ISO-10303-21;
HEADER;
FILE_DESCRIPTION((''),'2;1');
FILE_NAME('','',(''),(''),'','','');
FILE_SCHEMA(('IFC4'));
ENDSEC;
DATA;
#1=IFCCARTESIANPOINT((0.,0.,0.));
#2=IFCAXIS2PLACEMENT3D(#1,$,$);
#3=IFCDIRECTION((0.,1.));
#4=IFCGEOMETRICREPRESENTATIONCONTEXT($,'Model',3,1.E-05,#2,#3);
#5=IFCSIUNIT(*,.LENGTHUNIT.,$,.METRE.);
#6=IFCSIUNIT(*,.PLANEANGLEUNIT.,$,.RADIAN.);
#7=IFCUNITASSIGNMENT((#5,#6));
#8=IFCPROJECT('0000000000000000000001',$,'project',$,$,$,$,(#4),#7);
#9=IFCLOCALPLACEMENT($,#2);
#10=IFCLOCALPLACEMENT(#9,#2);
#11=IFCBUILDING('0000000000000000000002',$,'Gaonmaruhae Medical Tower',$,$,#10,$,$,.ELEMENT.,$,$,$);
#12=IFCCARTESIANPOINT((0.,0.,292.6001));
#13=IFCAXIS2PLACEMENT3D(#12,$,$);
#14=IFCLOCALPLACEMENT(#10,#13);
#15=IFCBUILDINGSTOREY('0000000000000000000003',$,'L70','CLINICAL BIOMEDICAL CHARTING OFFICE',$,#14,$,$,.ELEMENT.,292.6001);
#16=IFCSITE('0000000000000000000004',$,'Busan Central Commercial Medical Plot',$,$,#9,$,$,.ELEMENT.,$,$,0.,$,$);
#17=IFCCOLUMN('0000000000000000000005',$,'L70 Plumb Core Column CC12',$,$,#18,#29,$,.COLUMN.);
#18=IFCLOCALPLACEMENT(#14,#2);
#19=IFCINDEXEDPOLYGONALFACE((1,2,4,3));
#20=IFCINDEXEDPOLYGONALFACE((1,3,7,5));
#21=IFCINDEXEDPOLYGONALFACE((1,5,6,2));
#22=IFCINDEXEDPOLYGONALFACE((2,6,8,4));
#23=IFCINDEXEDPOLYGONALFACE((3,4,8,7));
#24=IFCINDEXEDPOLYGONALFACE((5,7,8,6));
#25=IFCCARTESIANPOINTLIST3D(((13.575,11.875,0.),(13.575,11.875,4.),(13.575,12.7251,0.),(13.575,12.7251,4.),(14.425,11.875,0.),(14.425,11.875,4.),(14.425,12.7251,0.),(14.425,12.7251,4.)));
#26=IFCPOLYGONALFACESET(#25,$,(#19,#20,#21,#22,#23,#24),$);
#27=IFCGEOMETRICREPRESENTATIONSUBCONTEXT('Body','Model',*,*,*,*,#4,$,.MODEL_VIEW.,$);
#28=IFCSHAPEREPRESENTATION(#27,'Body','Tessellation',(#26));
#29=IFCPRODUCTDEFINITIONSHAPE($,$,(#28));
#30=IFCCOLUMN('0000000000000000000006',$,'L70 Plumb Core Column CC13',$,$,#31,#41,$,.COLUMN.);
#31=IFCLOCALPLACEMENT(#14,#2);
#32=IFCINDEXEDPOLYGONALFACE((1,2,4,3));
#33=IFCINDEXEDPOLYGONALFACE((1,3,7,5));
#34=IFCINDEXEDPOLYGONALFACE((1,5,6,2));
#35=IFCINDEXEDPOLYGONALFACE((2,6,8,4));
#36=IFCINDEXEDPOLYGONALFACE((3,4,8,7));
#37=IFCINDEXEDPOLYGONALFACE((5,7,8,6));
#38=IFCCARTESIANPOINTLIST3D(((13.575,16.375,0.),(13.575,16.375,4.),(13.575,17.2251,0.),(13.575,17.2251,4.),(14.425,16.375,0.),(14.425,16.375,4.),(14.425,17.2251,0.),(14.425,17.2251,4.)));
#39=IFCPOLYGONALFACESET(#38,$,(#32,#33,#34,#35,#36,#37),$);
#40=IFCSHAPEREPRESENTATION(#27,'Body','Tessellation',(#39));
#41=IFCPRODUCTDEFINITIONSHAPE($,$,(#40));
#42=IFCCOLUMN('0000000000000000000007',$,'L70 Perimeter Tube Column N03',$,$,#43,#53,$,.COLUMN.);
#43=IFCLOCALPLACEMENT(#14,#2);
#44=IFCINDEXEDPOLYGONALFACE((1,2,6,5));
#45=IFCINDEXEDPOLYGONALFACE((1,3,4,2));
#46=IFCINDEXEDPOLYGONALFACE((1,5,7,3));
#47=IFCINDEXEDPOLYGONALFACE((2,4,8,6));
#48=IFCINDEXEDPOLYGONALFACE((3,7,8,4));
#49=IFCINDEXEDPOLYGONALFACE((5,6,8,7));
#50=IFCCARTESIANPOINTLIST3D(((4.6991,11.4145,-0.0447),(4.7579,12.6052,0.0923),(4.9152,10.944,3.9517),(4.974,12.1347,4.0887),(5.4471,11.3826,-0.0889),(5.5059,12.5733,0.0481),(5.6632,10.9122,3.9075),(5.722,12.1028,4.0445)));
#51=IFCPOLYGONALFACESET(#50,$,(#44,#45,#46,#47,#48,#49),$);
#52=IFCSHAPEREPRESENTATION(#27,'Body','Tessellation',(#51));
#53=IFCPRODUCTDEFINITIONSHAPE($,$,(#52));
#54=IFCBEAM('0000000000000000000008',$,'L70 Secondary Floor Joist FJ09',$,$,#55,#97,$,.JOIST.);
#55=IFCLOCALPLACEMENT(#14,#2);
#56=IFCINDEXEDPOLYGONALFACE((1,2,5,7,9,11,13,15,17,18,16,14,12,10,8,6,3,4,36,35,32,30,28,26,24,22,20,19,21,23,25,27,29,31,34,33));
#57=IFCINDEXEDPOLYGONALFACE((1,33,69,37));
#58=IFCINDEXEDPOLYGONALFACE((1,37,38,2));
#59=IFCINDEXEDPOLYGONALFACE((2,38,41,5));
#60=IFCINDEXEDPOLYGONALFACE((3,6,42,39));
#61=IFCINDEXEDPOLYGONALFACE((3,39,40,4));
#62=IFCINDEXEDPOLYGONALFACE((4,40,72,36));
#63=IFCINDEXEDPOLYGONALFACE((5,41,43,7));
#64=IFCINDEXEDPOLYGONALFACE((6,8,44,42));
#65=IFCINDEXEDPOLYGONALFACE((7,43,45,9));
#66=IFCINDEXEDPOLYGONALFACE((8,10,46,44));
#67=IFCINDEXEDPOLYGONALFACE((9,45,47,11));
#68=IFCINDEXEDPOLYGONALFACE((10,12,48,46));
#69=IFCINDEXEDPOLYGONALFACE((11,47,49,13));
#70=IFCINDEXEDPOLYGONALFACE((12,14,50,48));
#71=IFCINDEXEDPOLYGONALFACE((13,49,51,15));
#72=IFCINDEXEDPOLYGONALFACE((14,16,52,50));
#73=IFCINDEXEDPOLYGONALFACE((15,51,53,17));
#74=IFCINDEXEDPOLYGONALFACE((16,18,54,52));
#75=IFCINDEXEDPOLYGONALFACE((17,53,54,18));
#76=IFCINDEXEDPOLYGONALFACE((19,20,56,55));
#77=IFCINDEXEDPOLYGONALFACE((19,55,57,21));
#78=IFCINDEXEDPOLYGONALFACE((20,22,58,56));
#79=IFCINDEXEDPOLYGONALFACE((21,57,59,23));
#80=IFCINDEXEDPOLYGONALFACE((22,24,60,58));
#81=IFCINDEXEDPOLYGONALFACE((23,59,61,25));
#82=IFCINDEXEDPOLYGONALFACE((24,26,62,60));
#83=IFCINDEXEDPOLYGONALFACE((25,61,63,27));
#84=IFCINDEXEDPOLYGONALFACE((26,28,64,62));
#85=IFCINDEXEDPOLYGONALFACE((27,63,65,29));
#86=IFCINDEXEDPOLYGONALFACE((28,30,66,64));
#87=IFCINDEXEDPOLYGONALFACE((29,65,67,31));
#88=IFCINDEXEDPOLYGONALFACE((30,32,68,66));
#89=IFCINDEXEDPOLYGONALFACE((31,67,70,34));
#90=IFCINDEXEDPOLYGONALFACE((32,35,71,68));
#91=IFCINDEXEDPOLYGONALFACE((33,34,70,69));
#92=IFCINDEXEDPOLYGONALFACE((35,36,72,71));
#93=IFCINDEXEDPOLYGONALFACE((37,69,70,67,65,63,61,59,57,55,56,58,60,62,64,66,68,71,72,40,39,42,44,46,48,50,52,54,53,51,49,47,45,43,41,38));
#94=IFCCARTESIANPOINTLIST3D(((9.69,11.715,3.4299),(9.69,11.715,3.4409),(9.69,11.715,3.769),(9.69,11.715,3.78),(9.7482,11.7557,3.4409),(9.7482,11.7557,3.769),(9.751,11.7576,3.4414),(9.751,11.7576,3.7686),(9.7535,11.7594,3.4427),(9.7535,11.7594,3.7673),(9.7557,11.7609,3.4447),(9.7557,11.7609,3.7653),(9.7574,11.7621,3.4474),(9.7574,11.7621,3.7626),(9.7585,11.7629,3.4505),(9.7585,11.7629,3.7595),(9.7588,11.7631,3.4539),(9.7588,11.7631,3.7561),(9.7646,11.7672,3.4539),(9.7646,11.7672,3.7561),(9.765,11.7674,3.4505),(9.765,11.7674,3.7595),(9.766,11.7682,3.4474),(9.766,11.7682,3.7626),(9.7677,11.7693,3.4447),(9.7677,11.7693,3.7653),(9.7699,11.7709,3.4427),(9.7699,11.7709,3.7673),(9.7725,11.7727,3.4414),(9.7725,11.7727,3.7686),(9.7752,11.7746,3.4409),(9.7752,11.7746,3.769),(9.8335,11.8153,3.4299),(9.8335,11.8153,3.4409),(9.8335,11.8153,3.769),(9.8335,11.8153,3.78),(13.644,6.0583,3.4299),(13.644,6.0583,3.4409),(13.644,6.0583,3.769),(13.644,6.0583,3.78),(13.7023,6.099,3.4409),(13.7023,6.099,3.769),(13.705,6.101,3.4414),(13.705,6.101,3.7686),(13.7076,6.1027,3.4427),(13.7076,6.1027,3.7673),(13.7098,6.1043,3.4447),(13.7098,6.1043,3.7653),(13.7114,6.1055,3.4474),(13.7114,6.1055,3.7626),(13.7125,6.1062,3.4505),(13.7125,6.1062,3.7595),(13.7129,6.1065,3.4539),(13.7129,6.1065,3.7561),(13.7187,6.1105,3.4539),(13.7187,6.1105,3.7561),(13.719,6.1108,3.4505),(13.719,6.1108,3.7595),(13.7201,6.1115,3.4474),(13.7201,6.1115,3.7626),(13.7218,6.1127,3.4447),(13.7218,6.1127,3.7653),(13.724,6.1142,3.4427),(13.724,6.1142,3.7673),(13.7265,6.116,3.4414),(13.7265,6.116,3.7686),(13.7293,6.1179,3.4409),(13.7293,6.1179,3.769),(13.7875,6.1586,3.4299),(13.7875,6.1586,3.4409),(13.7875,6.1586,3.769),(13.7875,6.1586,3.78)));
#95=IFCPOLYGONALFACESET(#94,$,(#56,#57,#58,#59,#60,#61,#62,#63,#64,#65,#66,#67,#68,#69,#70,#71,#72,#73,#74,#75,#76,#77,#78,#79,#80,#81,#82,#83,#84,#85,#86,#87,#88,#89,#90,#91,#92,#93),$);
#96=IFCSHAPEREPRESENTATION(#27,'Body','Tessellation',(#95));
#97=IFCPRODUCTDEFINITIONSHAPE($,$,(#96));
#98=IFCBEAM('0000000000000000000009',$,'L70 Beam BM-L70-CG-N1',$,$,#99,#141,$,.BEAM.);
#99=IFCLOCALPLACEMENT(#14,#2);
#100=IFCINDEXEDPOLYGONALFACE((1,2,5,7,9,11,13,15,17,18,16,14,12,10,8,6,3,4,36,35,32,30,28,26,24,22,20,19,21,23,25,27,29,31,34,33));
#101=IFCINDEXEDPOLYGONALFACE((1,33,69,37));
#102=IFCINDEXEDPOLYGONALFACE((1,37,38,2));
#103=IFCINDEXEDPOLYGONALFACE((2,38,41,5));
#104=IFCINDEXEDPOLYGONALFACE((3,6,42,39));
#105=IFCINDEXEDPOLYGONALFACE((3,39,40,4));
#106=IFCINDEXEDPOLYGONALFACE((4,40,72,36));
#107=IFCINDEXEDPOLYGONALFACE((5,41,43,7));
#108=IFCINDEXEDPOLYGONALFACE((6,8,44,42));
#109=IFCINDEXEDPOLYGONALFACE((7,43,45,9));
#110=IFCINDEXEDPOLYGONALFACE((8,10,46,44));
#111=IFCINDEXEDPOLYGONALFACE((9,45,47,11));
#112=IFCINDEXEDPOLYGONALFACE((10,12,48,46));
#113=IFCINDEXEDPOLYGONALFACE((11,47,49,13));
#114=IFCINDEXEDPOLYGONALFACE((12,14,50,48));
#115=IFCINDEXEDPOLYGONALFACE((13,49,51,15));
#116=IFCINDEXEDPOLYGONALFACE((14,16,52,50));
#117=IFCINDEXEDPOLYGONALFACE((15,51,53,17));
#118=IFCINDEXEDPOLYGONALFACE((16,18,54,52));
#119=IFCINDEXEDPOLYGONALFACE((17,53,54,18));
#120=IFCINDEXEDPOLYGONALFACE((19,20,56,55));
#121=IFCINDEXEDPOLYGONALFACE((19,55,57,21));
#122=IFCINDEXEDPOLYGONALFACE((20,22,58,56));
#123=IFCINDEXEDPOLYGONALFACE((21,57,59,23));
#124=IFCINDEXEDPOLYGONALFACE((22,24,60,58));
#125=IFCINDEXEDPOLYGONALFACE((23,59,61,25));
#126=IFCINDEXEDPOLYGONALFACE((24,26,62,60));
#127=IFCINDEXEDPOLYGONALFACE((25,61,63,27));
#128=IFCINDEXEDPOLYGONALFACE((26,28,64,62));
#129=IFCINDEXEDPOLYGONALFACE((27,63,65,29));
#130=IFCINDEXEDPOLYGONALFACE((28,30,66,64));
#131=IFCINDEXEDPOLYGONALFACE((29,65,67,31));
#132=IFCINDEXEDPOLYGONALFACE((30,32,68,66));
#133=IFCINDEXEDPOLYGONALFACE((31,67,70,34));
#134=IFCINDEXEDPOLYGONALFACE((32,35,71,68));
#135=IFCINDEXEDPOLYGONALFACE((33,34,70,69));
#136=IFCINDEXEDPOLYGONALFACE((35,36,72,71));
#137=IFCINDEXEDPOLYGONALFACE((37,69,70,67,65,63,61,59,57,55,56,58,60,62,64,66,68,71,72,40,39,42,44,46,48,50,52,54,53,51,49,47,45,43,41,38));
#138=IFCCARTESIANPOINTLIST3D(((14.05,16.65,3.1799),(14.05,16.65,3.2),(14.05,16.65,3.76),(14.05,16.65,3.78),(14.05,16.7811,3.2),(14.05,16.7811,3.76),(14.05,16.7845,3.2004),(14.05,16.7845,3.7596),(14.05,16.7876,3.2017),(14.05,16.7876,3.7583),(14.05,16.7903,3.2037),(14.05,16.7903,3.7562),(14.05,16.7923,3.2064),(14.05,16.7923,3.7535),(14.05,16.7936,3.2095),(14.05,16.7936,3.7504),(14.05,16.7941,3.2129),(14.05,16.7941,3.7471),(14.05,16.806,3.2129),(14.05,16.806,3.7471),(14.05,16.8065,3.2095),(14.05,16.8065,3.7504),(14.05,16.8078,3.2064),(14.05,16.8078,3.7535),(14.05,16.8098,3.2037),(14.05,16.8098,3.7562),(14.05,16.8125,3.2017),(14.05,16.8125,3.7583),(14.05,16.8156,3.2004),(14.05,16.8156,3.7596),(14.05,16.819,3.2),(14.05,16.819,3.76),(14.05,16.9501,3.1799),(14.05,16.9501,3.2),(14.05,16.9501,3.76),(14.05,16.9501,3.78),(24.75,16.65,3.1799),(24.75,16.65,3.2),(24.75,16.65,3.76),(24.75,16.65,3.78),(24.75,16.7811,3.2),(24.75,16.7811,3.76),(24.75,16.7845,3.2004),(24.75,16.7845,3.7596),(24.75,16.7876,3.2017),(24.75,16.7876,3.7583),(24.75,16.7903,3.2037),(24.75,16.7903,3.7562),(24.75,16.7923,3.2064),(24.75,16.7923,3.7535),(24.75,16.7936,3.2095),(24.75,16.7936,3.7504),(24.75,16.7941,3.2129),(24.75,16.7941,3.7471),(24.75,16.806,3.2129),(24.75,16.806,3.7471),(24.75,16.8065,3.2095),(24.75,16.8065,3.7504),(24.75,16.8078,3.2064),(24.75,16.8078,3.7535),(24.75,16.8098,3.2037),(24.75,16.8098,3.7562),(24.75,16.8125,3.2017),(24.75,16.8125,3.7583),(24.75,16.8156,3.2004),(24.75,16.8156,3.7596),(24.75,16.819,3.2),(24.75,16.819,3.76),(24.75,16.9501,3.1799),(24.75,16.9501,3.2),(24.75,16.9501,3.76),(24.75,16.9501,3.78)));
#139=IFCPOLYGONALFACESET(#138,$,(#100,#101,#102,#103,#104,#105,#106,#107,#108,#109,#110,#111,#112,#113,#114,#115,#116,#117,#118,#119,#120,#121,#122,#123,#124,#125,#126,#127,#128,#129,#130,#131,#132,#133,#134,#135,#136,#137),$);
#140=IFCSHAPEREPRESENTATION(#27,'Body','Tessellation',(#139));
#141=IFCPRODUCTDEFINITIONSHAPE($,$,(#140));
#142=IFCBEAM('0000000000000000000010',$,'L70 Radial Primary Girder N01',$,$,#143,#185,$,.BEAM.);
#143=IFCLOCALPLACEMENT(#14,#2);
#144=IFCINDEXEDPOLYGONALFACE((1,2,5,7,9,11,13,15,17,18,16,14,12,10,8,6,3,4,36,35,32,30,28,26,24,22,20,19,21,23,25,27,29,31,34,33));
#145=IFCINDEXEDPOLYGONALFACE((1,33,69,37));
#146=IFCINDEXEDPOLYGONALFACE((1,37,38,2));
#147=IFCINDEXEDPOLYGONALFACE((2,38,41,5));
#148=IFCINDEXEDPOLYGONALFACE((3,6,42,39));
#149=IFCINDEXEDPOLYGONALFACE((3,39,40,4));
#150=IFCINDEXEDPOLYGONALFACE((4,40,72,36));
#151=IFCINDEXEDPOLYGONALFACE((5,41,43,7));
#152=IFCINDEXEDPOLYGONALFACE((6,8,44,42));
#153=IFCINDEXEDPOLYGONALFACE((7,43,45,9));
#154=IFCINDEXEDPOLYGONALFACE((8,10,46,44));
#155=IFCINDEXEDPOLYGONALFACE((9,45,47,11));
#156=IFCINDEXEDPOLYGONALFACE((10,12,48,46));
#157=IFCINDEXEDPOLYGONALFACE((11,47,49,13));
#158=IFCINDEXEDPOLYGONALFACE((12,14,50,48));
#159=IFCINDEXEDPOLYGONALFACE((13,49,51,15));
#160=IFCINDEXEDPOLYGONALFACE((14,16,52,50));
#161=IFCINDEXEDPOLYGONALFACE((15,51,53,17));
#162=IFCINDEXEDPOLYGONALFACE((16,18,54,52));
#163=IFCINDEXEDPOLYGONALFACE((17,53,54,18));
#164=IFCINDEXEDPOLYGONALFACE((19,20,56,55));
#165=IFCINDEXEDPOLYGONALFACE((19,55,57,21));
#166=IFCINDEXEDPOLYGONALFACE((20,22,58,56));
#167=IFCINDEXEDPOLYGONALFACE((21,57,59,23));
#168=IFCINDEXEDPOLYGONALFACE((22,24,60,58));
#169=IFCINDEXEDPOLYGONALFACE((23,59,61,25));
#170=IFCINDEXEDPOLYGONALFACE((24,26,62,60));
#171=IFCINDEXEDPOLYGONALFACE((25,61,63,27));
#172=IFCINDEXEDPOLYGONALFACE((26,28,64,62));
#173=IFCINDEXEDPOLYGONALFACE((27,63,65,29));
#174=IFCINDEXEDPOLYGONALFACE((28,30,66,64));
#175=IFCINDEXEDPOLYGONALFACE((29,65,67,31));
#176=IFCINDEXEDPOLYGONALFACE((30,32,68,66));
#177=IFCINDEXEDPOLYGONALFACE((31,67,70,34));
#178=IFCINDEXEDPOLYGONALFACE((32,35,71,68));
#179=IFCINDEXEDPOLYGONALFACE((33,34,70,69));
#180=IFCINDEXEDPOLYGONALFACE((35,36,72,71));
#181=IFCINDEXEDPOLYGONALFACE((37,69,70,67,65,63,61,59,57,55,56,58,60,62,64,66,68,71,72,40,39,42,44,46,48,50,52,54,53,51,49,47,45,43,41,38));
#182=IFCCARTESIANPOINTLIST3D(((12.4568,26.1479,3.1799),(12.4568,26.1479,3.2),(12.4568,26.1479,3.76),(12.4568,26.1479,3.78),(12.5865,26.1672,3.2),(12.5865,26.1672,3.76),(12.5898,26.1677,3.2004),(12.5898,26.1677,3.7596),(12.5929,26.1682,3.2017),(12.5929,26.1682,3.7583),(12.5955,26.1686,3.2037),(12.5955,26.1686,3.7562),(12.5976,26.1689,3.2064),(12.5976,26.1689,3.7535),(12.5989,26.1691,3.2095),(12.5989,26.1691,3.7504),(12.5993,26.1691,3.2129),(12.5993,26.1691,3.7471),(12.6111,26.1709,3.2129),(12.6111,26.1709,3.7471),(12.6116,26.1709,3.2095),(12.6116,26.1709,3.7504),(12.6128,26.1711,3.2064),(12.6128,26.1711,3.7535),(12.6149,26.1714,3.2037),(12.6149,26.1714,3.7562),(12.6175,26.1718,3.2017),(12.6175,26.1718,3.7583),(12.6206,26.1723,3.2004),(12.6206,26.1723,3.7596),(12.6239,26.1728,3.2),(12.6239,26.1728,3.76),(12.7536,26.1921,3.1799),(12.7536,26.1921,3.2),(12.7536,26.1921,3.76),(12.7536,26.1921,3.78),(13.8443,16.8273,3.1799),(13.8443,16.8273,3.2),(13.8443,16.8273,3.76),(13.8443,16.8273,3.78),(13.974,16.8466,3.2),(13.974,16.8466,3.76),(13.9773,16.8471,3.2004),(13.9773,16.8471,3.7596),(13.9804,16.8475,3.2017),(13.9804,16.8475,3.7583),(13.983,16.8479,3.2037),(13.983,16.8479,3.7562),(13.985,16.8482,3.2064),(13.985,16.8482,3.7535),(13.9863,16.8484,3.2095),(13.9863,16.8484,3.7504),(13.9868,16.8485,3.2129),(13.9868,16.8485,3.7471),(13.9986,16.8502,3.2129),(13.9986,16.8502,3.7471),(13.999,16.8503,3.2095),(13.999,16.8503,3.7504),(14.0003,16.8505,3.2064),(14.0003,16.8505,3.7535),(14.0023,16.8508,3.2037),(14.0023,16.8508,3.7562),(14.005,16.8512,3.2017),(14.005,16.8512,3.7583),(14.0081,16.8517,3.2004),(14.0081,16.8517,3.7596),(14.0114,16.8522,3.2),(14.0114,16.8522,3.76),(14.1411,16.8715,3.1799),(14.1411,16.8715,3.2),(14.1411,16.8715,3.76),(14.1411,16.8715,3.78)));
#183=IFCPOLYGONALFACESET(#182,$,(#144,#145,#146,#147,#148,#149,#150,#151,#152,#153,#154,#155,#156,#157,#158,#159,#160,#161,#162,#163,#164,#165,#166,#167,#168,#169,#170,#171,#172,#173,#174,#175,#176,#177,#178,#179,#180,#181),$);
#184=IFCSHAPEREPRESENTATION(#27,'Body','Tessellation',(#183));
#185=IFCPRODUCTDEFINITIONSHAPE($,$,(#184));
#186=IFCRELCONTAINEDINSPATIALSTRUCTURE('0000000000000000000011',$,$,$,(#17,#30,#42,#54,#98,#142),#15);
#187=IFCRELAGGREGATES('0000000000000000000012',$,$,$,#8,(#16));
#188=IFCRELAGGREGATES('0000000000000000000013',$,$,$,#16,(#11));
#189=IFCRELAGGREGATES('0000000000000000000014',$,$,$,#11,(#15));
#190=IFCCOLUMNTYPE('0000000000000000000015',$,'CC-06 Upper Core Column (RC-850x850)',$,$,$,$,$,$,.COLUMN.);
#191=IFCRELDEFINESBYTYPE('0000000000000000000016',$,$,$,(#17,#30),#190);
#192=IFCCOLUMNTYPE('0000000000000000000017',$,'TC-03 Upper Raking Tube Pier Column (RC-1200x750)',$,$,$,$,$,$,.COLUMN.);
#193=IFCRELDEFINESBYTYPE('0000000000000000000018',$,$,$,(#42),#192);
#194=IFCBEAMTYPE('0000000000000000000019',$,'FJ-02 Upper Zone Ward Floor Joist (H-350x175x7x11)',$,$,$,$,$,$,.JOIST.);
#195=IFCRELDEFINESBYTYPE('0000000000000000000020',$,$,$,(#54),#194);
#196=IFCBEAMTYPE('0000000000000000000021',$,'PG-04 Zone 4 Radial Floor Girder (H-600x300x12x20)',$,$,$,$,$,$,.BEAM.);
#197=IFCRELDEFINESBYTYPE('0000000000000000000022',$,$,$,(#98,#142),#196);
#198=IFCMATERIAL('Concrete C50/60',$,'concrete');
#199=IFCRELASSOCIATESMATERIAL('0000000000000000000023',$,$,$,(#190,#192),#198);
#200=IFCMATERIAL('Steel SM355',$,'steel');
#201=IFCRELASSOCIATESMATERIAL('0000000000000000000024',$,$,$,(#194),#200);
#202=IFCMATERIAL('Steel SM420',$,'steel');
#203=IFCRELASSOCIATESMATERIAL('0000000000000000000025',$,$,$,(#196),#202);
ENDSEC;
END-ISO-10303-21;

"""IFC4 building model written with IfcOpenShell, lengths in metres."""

from ifc_helpers import new_model, si_unit, direction, frame, origin, origin_2d, place, context, subcontext, project, spatial, rectangle, i_section, extrude, material, material_profile, profile_set, type_object, element, save


model = new_model("IFC4")

# Units and contexts
model_context = context("Model", 3, precision=1e-05, world=origin(), true_north=direction((0.0, 1.0)))
body_context = subcontext(model_context, "Body", "Model", "MODEL_VIEW")
ifc_project = project(units=[si_unit("LENGTHUNIT", "METRE"), si_unit("PLANEANGLEUNIT", "RADIAN")], contexts=[model_context])

# Site, building, storey
site_placement = place(None, origin())
site = spatial("IfcSite", under=ifc_project, at=site_placement, Name="Busan Central Commercial Medical Plot", CompositionType="ELEMENT", RefElevation=0.0)
building_placement = place(site_placement, origin())
building = spatial("IfcBuilding", under=site, at=building_placement, Name="Gaonmaruhae Medical Tower", CompositionType="ELEMENT")
storey_placement = place(building_placement, frame((0.0, 0.0, 292.6001)))
storey = spatial("IfcBuildingStorey", under=building, at=storey_placement, Name="L70", Description="CLINICAL BIOMEDICAL CHARTING OFFICE", CompositionType="ELEMENT", Elevation=292.6001)

# Columns
ifc_material_1 = material(Name="Concrete C50/60", Category="concrete")
ifc_material_profile_1 = material_profile(ifc_material_1, rectangle(XDim=0.8501, YDim=0.8501, at=origin_2d()), Name="RC-850x850")
ifc_profile_set_1 = profile_set([ifc_material_profile_1], Name="Concrete C50/60")
column_type_1 = type_object("IfcColumnType", Name="CC-06 Upper Core Column (RC-850x850)", PredefinedType="COLUMN", material=ifc_profile_set_1)
for number, where, z_axis, x_axis, name in (
    (1, (14.0, 12.3, 0.0), (0.0, 0.0, 1.0), (1.0, 0.0, 0.0), "L70 Plumb Core Column CC12"),
    (2, (14.0, 16.8, 0.0), (0.0, 0.0, 1.0), (1.0, 0.0, 0.0), "L70 Plumb Core Column CC13"),
):
    element("IfcColumn", number, at=place(storey_placement, frame(where, z_axis=z_axis, x_axis=x_axis)), inside=storey, type_object=column_type_1, Name=name, PredefinedType="COLUMN", context=body_context, shape_type="SweptSolid", body=[
        extrude(rectangle(XDim=0.8501, YDim=0.8501, at=origin_2d()), origin(), (0.0, 0.0, 1.0), 4.0),
    ])
ifc_material_profile_2 = material_profile(ifc_material_1, rectangle(XDim=1.2, YDim=0.75, at=origin_2d()), Name="RC-1200x750")
ifc_profile_set_2 = profile_set([ifc_material_profile_2], Name="Concrete C50/60")
column_type_2 = type_object("IfcColumnType", Name="TC-03 Upper Raking Tube Pier Column (RC-1200x750)", PredefinedType="COLUMN", material=ifc_profile_set_2)
column_placement = place(storey_placement, frame((5.1025, 11.9939, 0.0017), z_axis=(0.053618, -0.116747, 0.991713), x_axis=(0.049002, 0.992253, 0.114161)))
element("IfcColumn", 3, at=column_placement, inside=storey, type_object=column_type_2, Name="L70 Perimeter Tube Column N03", PredefinedType="COLUMN", context=body_context, shape_type="SweptSolid", body=[
    extrude(rectangle(XDim=1.2, YDim=0.75, at=origin_2d()), origin(), (0.0, 0.0, 1.0), 4.0298),
])

# Beams
ifc_material_2 = material(Name="Steel SM355", Category="steel")
ifc_material_profile_3 = material_profile(ifc_material_2, i_section(OverallWidth=0.175, OverallDepth=0.3501, WebThickness=0.0071, FlangeThickness=0.011, FilletRadius=0.0129, at=origin_2d()), Name="H-350x175x7x11")
ifc_profile_set_3 = profile_set([ifc_material_profile_3], Name="Steel SM355")
beam_type_1 = type_object("IfcBeamType", Name="FJ-02 Upper Zone Ward Floor Joist (H-350x175x7x11)", PredefinedType="JOIST", material=ifc_profile_set_3)
beam_1_placement = place(storey_placement, frame((9.7617, 11.7651, 3.605), z_axis=(0.572916, -0.819614, 0.0), x_axis=(0.819614, 0.572916, 0.0)))
element("IfcBeam", 4, at=beam_1_placement, inside=storey, type_object=beam_type_1, Name="L70 Secondary Floor Joist FJ09", PredefinedType="JOIST", context=body_context, shape_type="SweptSolid", body=[
    extrude(i_section(OverallWidth=0.175, OverallDepth=0.3501, WebThickness=0.0071, FlangeThickness=0.011, FilletRadius=0.0129, at=origin_2d()), origin(), (0.0, 0.0, 1.0), 6.9016),
])
ifc_material_3 = material(Name="Steel SM420", Category="steel")
ifc_material_profile_4 = material_profile(ifc_material_3, i_section(OverallWidth=0.3, OverallDepth=0.6001, WebThickness=0.012, FlangeThickness=0.02, FilletRadius=0.0129, at=origin_2d()), Name="H-600x300x12x20")
ifc_profile_set_4 = profile_set([ifc_material_profile_4], Name="Steel SM420")
beam_type_2 = type_object("IfcBeamType", Name="PG-04 Zone 4 Radial Floor Girder (H-600x300x12x20)", PredefinedType="BEAM", material=ifc_profile_set_4)
beam_2_placement = place(storey_placement, frame((14.05, 16.8, 3.48), z_axis=(1.0, 0.0, 0.0), x_axis=(0.0, 1.0, 0.0)))
element("IfcBeam", 5, at=beam_2_placement, inside=storey, type_object=beam_type_2, Name="L70 Beam BM-L70-CG-N1", PredefinedType="BEAM", context=body_context, shape_type="SweptSolid", body=[
    extrude(i_section(OverallWidth=0.3, OverallDepth=0.6001, WebThickness=0.012, FlangeThickness=0.02, FilletRadius=0.0129, at=origin_2d()), origin(), (0.0, 0.0, 1.0), 10.7),
])
beam_3_placement = place(storey_placement, frame((13.9927, 16.8494, 3.48), z_axis=(-0.147237, 0.989101, 0.0), x_axis=(-0.989101, -0.147237, 0.0)))
element("IfcBeam", 6, at=beam_3_placement, inside=storey, type_object=beam_type_2, Name="L70 Radial Primary Girder N01", PredefinedType="BEAM", context=body_context, shape_type="SweptSolid", body=[
    extrude(i_section(OverallWidth=0.3, OverallDepth=0.6001, WebThickness=0.012, FlangeThickness=0.02, FilletRadius=0.0129, at=origin_2d()), origin(), (0.0, 0.0, 1.0), 9.4233),
])

save(model, "model.ifc")
